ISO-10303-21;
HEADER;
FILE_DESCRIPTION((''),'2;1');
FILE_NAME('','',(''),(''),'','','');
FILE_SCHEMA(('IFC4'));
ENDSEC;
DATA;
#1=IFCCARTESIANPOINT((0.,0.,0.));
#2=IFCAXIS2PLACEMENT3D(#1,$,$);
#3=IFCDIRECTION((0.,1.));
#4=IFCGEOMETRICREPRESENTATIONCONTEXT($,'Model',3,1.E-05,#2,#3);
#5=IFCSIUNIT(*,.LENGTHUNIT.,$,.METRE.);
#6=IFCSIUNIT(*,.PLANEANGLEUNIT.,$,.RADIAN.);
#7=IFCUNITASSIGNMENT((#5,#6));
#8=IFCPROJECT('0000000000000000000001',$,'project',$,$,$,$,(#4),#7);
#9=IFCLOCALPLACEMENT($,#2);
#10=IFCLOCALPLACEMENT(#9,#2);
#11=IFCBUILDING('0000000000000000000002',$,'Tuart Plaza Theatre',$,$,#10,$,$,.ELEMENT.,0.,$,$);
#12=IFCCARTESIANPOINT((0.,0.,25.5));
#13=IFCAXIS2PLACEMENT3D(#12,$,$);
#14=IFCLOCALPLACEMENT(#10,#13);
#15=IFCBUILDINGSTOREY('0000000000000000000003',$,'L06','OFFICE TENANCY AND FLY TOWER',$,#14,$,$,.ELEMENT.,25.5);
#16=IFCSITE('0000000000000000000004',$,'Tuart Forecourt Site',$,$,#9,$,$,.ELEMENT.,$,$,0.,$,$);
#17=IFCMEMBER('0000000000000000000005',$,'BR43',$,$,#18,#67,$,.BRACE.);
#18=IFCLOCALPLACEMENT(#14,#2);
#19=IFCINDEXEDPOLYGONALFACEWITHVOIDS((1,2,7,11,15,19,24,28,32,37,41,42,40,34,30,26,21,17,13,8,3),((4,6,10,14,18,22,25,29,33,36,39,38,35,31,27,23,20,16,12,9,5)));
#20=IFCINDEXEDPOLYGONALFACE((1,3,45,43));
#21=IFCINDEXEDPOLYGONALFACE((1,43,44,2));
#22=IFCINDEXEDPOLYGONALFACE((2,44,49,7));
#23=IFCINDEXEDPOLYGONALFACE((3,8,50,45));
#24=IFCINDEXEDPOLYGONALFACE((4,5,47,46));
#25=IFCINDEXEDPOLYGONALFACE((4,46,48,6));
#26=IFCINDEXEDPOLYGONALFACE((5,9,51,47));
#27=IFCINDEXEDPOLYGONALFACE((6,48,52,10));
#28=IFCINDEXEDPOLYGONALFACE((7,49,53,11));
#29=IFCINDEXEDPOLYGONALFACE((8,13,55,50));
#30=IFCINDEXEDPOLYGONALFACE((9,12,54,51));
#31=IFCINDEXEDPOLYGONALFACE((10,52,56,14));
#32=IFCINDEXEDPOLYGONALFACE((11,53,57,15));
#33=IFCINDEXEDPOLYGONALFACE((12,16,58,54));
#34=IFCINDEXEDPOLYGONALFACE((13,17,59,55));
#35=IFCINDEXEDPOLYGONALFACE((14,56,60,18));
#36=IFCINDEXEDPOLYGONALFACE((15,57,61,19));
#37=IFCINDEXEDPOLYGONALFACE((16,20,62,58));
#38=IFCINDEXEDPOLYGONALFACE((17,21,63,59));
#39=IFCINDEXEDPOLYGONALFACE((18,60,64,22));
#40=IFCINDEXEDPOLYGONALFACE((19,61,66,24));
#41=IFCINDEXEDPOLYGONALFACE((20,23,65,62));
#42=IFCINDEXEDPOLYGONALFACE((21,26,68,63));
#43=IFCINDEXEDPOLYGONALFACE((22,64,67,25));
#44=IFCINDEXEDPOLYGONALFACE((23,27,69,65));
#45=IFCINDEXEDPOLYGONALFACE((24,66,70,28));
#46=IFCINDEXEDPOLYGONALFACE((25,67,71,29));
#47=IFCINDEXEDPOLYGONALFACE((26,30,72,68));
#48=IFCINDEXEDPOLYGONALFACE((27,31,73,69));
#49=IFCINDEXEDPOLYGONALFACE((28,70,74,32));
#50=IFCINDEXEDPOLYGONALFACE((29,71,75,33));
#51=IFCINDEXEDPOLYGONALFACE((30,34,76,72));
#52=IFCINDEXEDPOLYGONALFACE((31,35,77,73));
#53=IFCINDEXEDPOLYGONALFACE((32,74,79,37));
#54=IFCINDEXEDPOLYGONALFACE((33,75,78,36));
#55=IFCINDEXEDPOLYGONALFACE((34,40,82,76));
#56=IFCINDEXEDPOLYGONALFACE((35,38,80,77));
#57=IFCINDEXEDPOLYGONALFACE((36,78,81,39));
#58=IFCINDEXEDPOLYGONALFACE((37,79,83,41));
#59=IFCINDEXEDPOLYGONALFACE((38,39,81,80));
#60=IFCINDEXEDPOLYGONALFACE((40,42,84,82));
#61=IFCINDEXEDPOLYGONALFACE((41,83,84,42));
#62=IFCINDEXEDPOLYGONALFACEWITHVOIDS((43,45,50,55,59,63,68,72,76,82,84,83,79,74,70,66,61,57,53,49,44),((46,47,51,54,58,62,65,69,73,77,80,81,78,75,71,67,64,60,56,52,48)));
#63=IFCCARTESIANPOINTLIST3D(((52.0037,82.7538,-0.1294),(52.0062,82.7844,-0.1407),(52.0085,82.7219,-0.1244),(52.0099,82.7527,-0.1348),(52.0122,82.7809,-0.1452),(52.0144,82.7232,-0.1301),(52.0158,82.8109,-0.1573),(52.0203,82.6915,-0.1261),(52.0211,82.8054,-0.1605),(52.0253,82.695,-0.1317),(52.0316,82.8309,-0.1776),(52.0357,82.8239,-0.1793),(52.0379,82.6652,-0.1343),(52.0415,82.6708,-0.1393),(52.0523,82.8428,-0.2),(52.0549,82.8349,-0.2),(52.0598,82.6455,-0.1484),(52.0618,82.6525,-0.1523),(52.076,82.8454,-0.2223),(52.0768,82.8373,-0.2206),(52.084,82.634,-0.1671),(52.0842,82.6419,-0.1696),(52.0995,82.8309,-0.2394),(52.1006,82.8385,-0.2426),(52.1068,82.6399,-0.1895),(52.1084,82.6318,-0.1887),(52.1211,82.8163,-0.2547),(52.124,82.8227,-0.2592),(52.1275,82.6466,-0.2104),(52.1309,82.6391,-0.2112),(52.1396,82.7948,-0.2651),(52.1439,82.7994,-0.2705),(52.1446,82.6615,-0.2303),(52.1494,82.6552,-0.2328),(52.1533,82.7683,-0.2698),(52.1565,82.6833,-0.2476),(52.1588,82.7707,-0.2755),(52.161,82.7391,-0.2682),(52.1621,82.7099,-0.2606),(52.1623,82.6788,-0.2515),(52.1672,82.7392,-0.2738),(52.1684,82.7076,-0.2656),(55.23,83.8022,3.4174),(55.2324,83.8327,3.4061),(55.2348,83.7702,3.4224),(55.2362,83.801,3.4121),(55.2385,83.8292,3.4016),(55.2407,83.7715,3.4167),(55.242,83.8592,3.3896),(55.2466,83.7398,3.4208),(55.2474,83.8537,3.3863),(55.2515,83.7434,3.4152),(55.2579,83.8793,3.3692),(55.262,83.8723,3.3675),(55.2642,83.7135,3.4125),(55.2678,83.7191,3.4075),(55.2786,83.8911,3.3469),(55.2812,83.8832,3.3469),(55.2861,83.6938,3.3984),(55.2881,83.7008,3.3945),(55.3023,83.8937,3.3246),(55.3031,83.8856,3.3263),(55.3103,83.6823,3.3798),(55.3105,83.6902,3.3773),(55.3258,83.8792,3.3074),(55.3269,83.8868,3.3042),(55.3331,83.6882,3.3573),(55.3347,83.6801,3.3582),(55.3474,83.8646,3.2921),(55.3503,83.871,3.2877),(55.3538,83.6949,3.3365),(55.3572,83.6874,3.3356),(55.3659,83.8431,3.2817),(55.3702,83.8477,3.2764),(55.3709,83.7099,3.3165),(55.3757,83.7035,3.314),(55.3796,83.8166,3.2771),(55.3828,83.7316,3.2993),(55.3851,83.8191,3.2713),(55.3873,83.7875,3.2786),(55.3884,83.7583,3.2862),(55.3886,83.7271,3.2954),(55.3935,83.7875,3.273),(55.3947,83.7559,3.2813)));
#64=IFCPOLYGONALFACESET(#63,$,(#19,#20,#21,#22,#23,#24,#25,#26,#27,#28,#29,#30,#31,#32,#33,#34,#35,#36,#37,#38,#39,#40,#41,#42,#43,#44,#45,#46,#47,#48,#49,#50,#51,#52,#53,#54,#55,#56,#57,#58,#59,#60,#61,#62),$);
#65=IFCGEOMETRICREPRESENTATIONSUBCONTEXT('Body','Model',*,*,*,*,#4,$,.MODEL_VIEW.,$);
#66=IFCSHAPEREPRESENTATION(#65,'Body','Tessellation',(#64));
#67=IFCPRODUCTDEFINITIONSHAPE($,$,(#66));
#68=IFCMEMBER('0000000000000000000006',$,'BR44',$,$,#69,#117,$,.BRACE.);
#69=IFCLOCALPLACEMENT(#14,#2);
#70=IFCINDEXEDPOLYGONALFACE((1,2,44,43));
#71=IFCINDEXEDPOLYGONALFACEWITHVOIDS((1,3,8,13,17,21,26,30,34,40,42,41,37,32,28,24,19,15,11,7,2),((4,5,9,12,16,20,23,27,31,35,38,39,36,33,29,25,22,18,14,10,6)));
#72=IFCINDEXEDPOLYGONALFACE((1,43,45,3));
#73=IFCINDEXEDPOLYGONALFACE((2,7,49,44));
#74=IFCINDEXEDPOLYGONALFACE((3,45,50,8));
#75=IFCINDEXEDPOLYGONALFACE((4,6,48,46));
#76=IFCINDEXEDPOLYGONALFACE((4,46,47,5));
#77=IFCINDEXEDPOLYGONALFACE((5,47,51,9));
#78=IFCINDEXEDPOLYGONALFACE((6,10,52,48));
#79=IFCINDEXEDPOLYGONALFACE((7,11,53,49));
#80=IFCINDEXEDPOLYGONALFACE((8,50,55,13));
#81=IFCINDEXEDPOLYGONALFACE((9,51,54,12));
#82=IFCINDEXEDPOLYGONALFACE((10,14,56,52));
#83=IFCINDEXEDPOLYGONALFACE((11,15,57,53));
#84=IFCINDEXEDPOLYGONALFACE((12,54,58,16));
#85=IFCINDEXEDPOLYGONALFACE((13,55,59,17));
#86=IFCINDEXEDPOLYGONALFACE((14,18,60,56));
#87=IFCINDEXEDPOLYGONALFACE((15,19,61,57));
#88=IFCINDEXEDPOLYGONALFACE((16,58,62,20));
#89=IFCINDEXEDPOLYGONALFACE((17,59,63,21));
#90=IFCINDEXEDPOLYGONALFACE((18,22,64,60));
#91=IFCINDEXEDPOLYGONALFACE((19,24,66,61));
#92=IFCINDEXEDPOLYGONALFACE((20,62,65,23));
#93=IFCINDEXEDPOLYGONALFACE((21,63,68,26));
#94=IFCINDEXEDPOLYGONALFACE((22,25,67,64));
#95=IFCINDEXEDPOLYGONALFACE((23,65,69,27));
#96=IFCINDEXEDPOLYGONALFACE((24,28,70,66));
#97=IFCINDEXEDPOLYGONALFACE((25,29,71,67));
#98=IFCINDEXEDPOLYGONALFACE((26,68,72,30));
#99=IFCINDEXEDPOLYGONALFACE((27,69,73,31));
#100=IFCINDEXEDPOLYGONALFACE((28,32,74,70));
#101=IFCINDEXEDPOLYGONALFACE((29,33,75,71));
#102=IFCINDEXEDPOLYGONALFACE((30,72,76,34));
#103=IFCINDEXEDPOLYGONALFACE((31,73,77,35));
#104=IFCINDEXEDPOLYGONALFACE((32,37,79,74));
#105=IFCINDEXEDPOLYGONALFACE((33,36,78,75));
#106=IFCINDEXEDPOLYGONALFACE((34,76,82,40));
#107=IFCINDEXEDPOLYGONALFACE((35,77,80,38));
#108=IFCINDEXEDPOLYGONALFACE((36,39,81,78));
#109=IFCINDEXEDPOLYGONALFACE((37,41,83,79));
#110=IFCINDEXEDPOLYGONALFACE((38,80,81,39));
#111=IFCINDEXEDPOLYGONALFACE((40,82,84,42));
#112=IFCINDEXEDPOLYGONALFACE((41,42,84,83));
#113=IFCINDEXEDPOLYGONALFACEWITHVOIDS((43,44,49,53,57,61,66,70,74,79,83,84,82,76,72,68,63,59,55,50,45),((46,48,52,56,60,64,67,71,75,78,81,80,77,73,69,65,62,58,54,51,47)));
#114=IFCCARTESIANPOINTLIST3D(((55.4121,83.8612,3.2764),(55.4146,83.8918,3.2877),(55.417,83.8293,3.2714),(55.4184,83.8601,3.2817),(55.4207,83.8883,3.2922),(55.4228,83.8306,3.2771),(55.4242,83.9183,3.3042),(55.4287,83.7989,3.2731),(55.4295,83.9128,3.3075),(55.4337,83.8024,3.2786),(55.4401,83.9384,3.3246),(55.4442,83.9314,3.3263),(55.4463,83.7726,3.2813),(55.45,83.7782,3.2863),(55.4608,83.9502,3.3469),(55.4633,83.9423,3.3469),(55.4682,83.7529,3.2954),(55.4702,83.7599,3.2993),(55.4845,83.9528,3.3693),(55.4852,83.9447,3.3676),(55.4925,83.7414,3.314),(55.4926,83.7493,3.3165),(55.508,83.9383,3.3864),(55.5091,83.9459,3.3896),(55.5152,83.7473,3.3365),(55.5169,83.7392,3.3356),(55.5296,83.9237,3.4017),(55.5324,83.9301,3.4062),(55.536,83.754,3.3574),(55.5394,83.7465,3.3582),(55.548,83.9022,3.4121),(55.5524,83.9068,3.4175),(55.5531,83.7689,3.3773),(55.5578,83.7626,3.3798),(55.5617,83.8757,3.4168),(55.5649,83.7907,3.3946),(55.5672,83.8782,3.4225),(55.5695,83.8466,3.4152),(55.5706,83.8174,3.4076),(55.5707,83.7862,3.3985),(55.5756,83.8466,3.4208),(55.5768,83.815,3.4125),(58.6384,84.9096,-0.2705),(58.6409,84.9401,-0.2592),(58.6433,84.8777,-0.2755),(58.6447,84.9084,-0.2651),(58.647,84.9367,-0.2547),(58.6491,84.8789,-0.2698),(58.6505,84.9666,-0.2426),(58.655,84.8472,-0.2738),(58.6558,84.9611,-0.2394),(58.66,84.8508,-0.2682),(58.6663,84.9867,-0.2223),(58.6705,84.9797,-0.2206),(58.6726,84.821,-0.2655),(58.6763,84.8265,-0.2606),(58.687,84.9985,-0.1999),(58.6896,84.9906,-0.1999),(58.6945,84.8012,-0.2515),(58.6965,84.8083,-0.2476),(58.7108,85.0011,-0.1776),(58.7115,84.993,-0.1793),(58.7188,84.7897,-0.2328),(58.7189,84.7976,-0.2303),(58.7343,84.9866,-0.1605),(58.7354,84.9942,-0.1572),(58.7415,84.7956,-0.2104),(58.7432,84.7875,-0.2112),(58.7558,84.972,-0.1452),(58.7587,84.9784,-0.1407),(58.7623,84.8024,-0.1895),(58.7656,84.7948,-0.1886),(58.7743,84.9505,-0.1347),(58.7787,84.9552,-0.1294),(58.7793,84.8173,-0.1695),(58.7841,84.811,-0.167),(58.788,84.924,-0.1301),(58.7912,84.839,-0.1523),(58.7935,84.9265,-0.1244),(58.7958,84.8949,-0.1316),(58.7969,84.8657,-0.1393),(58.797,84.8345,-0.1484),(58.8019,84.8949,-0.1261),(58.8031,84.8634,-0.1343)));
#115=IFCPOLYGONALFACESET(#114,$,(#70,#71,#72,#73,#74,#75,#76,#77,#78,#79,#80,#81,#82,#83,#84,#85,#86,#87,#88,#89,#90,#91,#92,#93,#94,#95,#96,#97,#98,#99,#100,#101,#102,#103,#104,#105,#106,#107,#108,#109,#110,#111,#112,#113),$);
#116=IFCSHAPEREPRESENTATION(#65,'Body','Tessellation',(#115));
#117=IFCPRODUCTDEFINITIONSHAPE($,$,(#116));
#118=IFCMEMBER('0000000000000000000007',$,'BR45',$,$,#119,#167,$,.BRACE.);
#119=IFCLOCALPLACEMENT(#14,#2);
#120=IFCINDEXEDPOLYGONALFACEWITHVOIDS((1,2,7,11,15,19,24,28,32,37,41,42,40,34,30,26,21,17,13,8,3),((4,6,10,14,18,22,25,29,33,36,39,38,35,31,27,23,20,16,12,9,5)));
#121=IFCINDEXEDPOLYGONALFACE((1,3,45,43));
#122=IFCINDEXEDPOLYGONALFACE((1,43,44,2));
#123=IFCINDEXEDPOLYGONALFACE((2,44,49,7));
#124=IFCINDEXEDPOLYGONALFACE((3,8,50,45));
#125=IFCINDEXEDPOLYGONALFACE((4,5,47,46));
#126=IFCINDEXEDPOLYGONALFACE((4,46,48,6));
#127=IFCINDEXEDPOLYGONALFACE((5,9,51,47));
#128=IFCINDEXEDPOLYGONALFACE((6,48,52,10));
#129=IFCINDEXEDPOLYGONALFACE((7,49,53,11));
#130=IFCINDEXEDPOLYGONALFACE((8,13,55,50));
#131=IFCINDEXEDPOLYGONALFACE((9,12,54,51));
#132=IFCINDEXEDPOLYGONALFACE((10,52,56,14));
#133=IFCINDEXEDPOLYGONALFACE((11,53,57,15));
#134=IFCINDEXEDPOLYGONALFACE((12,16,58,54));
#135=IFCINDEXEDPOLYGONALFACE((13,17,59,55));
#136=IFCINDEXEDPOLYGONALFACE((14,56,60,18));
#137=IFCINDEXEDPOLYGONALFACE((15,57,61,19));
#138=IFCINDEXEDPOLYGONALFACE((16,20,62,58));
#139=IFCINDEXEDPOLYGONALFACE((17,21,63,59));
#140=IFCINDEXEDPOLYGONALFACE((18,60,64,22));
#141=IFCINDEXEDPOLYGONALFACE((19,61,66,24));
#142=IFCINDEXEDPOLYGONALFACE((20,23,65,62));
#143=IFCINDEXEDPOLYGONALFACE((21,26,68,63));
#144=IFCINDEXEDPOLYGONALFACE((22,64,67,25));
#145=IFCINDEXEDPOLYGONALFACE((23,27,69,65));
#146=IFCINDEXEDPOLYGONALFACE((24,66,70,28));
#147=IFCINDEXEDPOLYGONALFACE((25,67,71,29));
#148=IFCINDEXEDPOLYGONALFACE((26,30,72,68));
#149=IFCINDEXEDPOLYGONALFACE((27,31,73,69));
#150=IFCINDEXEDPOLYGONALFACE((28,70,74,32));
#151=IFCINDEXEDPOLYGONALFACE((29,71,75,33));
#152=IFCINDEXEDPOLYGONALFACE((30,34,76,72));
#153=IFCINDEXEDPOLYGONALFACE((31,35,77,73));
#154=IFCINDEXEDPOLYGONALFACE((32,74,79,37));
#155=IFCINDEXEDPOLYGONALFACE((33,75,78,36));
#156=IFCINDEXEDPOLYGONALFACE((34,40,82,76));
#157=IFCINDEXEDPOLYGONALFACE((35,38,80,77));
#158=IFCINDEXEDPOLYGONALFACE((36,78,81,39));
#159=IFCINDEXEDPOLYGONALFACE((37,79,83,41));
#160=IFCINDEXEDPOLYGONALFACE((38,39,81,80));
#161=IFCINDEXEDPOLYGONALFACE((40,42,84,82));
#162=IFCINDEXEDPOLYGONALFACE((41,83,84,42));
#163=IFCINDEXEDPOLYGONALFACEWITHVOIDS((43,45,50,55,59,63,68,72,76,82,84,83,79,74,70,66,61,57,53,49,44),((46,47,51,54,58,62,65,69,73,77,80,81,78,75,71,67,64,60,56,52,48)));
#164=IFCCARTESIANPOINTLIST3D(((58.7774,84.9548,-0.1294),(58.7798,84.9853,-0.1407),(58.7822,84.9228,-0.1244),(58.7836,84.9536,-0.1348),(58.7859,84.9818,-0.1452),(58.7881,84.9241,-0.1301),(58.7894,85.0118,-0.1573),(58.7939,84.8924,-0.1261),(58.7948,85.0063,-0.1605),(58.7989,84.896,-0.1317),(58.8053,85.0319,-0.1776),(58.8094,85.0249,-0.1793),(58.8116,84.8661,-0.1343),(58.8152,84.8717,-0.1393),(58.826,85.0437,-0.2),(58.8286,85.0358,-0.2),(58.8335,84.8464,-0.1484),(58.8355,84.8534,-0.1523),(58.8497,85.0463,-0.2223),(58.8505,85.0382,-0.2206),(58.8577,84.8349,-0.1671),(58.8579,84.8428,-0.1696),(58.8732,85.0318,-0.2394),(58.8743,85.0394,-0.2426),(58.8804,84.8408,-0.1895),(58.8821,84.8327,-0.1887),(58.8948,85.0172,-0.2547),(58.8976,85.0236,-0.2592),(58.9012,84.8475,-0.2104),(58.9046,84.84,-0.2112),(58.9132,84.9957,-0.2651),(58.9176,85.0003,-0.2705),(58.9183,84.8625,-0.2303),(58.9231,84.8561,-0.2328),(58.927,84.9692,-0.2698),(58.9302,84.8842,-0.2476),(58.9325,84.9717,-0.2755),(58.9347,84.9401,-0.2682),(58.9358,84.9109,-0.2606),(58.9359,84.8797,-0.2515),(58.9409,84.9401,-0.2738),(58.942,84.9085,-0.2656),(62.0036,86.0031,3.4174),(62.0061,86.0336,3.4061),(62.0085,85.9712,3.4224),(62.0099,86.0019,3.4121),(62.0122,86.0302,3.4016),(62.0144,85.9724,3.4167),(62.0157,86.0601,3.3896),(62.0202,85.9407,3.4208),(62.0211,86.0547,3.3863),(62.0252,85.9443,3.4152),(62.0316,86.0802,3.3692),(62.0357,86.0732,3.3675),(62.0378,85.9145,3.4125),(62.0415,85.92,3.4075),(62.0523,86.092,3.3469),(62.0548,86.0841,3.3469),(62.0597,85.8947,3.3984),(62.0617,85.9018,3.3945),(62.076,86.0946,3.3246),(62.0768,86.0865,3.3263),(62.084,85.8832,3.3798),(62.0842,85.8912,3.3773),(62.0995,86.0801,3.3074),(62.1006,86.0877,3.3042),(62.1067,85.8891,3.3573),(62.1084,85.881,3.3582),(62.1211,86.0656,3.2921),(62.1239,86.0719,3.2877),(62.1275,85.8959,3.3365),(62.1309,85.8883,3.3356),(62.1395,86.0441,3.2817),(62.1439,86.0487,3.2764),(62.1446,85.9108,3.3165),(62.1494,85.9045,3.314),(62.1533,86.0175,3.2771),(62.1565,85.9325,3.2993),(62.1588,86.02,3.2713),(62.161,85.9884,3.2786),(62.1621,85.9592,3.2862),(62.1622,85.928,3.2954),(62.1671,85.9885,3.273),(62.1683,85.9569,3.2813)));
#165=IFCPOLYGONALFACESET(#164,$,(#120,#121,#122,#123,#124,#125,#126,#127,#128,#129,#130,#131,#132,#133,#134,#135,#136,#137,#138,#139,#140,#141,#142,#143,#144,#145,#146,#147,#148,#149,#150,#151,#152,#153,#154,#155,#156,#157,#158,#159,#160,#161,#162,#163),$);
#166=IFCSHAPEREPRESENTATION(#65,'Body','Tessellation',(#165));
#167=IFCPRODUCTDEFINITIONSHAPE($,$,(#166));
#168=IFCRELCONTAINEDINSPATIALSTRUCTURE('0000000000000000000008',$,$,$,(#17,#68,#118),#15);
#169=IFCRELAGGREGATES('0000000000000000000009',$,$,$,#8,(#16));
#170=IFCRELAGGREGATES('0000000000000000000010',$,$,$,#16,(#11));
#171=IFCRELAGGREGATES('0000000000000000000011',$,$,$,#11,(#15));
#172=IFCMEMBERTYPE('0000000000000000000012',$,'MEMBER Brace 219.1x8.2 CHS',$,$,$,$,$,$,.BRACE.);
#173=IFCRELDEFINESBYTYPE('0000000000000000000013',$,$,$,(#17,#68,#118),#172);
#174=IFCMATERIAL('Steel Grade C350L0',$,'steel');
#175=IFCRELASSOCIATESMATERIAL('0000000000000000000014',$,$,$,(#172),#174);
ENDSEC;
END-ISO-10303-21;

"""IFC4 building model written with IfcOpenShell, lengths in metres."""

from ifc_helpers import new_model, si_unit, direction, frame, origin, origin_2d, place, context, subcontext, project, spatial, hollow_circle, extrude, material, material_profile, profile_set, type_object, element, save


model = new_model("IFC4")

# Units and contexts
model_context = context("Model", 3, precision=1e-05, world=origin(), true_north=direction((0.0, 1.0)))
body_context = subcontext(model_context, "Body", "Model", "MODEL_VIEW")
ifc_project = project(units=[si_unit("LENGTHUNIT", "METRE"), si_unit("PLANEANGLEUNIT", "RADIAN")], contexts=[model_context])

# Site, building, storey
site_placement = place(None, origin())
site = spatial("IfcSite", under=ifc_project, at=site_placement, Name="Tuart Forecourt Site", CompositionType="ELEMENT", RefElevation=0.0)
building_placement = place(site_placement, origin())
building = spatial("IfcBuilding", under=site, at=building_placement, Name="Tuart Plaza Theatre", CompositionType="ELEMENT", ElevationOfRefHeight=0.0)
storey_placement = place(building_placement, frame((0.0, 0.0, 25.5)))
storey = spatial("IfcBuildingStorey", under=building, at=storey_placement, Name="L06", Description="OFFICE TENANCY AND FLY TOWER", CompositionType="ELEMENT", Elevation=25.5)

# Members
ifc_material_1 = material(Name="Steel Grade C350L0", Category="steel")
ifc_material_profile_1 = material_profile(ifc_material_1, hollow_circle(Radius=0.1096, WallThickness=0.0083, at=origin_2d()), Name="219.1x8.2 CHS")
ifc_profile_set_1 = profile_set([ifc_material_profile_1], Name="Steel Grade C350L0")
member_type_1 = type_object("IfcMemberType", Name="MEMBER Brace 219.1x8.2 CHS", PredefinedType="BRACE", material=ifc_profile_set_1)
for number, where, z_axis, x_axis, name in (
    (1, (52.0862, 82.7385, -0.2), (0.657359, 0.213598, 0.722672), (-0.309029, 0.951053, 0.0), "BR43"),
    (2, (55.4946, 83.8459, 3.3469), (0.657359, 0.213598, -0.722672), (-0.309029, 0.951053, 0.0), "BR44"),
    (3, (58.8599, 84.9395, -0.2), (0.657359, 0.213598, 0.722672), (-0.309029, 0.951053, 0.0), "BR45"),
):
    element("IfcMember", number, at=place(storey_placement, frame(where, z_axis=z_axis, x_axis=x_axis)), inside=storey, type_object=member_type_1, Name=name, PredefinedType="BRACE", context=body_context, shape_type="SweptSolid", body=[
        extrude(hollow_circle(Radius=0.1096, WallThickness=0.0083, at=origin_2d()), origin(), (0.0, 0.0, 1.0), 4.908),
    ])

save(model, "model.ifc")
